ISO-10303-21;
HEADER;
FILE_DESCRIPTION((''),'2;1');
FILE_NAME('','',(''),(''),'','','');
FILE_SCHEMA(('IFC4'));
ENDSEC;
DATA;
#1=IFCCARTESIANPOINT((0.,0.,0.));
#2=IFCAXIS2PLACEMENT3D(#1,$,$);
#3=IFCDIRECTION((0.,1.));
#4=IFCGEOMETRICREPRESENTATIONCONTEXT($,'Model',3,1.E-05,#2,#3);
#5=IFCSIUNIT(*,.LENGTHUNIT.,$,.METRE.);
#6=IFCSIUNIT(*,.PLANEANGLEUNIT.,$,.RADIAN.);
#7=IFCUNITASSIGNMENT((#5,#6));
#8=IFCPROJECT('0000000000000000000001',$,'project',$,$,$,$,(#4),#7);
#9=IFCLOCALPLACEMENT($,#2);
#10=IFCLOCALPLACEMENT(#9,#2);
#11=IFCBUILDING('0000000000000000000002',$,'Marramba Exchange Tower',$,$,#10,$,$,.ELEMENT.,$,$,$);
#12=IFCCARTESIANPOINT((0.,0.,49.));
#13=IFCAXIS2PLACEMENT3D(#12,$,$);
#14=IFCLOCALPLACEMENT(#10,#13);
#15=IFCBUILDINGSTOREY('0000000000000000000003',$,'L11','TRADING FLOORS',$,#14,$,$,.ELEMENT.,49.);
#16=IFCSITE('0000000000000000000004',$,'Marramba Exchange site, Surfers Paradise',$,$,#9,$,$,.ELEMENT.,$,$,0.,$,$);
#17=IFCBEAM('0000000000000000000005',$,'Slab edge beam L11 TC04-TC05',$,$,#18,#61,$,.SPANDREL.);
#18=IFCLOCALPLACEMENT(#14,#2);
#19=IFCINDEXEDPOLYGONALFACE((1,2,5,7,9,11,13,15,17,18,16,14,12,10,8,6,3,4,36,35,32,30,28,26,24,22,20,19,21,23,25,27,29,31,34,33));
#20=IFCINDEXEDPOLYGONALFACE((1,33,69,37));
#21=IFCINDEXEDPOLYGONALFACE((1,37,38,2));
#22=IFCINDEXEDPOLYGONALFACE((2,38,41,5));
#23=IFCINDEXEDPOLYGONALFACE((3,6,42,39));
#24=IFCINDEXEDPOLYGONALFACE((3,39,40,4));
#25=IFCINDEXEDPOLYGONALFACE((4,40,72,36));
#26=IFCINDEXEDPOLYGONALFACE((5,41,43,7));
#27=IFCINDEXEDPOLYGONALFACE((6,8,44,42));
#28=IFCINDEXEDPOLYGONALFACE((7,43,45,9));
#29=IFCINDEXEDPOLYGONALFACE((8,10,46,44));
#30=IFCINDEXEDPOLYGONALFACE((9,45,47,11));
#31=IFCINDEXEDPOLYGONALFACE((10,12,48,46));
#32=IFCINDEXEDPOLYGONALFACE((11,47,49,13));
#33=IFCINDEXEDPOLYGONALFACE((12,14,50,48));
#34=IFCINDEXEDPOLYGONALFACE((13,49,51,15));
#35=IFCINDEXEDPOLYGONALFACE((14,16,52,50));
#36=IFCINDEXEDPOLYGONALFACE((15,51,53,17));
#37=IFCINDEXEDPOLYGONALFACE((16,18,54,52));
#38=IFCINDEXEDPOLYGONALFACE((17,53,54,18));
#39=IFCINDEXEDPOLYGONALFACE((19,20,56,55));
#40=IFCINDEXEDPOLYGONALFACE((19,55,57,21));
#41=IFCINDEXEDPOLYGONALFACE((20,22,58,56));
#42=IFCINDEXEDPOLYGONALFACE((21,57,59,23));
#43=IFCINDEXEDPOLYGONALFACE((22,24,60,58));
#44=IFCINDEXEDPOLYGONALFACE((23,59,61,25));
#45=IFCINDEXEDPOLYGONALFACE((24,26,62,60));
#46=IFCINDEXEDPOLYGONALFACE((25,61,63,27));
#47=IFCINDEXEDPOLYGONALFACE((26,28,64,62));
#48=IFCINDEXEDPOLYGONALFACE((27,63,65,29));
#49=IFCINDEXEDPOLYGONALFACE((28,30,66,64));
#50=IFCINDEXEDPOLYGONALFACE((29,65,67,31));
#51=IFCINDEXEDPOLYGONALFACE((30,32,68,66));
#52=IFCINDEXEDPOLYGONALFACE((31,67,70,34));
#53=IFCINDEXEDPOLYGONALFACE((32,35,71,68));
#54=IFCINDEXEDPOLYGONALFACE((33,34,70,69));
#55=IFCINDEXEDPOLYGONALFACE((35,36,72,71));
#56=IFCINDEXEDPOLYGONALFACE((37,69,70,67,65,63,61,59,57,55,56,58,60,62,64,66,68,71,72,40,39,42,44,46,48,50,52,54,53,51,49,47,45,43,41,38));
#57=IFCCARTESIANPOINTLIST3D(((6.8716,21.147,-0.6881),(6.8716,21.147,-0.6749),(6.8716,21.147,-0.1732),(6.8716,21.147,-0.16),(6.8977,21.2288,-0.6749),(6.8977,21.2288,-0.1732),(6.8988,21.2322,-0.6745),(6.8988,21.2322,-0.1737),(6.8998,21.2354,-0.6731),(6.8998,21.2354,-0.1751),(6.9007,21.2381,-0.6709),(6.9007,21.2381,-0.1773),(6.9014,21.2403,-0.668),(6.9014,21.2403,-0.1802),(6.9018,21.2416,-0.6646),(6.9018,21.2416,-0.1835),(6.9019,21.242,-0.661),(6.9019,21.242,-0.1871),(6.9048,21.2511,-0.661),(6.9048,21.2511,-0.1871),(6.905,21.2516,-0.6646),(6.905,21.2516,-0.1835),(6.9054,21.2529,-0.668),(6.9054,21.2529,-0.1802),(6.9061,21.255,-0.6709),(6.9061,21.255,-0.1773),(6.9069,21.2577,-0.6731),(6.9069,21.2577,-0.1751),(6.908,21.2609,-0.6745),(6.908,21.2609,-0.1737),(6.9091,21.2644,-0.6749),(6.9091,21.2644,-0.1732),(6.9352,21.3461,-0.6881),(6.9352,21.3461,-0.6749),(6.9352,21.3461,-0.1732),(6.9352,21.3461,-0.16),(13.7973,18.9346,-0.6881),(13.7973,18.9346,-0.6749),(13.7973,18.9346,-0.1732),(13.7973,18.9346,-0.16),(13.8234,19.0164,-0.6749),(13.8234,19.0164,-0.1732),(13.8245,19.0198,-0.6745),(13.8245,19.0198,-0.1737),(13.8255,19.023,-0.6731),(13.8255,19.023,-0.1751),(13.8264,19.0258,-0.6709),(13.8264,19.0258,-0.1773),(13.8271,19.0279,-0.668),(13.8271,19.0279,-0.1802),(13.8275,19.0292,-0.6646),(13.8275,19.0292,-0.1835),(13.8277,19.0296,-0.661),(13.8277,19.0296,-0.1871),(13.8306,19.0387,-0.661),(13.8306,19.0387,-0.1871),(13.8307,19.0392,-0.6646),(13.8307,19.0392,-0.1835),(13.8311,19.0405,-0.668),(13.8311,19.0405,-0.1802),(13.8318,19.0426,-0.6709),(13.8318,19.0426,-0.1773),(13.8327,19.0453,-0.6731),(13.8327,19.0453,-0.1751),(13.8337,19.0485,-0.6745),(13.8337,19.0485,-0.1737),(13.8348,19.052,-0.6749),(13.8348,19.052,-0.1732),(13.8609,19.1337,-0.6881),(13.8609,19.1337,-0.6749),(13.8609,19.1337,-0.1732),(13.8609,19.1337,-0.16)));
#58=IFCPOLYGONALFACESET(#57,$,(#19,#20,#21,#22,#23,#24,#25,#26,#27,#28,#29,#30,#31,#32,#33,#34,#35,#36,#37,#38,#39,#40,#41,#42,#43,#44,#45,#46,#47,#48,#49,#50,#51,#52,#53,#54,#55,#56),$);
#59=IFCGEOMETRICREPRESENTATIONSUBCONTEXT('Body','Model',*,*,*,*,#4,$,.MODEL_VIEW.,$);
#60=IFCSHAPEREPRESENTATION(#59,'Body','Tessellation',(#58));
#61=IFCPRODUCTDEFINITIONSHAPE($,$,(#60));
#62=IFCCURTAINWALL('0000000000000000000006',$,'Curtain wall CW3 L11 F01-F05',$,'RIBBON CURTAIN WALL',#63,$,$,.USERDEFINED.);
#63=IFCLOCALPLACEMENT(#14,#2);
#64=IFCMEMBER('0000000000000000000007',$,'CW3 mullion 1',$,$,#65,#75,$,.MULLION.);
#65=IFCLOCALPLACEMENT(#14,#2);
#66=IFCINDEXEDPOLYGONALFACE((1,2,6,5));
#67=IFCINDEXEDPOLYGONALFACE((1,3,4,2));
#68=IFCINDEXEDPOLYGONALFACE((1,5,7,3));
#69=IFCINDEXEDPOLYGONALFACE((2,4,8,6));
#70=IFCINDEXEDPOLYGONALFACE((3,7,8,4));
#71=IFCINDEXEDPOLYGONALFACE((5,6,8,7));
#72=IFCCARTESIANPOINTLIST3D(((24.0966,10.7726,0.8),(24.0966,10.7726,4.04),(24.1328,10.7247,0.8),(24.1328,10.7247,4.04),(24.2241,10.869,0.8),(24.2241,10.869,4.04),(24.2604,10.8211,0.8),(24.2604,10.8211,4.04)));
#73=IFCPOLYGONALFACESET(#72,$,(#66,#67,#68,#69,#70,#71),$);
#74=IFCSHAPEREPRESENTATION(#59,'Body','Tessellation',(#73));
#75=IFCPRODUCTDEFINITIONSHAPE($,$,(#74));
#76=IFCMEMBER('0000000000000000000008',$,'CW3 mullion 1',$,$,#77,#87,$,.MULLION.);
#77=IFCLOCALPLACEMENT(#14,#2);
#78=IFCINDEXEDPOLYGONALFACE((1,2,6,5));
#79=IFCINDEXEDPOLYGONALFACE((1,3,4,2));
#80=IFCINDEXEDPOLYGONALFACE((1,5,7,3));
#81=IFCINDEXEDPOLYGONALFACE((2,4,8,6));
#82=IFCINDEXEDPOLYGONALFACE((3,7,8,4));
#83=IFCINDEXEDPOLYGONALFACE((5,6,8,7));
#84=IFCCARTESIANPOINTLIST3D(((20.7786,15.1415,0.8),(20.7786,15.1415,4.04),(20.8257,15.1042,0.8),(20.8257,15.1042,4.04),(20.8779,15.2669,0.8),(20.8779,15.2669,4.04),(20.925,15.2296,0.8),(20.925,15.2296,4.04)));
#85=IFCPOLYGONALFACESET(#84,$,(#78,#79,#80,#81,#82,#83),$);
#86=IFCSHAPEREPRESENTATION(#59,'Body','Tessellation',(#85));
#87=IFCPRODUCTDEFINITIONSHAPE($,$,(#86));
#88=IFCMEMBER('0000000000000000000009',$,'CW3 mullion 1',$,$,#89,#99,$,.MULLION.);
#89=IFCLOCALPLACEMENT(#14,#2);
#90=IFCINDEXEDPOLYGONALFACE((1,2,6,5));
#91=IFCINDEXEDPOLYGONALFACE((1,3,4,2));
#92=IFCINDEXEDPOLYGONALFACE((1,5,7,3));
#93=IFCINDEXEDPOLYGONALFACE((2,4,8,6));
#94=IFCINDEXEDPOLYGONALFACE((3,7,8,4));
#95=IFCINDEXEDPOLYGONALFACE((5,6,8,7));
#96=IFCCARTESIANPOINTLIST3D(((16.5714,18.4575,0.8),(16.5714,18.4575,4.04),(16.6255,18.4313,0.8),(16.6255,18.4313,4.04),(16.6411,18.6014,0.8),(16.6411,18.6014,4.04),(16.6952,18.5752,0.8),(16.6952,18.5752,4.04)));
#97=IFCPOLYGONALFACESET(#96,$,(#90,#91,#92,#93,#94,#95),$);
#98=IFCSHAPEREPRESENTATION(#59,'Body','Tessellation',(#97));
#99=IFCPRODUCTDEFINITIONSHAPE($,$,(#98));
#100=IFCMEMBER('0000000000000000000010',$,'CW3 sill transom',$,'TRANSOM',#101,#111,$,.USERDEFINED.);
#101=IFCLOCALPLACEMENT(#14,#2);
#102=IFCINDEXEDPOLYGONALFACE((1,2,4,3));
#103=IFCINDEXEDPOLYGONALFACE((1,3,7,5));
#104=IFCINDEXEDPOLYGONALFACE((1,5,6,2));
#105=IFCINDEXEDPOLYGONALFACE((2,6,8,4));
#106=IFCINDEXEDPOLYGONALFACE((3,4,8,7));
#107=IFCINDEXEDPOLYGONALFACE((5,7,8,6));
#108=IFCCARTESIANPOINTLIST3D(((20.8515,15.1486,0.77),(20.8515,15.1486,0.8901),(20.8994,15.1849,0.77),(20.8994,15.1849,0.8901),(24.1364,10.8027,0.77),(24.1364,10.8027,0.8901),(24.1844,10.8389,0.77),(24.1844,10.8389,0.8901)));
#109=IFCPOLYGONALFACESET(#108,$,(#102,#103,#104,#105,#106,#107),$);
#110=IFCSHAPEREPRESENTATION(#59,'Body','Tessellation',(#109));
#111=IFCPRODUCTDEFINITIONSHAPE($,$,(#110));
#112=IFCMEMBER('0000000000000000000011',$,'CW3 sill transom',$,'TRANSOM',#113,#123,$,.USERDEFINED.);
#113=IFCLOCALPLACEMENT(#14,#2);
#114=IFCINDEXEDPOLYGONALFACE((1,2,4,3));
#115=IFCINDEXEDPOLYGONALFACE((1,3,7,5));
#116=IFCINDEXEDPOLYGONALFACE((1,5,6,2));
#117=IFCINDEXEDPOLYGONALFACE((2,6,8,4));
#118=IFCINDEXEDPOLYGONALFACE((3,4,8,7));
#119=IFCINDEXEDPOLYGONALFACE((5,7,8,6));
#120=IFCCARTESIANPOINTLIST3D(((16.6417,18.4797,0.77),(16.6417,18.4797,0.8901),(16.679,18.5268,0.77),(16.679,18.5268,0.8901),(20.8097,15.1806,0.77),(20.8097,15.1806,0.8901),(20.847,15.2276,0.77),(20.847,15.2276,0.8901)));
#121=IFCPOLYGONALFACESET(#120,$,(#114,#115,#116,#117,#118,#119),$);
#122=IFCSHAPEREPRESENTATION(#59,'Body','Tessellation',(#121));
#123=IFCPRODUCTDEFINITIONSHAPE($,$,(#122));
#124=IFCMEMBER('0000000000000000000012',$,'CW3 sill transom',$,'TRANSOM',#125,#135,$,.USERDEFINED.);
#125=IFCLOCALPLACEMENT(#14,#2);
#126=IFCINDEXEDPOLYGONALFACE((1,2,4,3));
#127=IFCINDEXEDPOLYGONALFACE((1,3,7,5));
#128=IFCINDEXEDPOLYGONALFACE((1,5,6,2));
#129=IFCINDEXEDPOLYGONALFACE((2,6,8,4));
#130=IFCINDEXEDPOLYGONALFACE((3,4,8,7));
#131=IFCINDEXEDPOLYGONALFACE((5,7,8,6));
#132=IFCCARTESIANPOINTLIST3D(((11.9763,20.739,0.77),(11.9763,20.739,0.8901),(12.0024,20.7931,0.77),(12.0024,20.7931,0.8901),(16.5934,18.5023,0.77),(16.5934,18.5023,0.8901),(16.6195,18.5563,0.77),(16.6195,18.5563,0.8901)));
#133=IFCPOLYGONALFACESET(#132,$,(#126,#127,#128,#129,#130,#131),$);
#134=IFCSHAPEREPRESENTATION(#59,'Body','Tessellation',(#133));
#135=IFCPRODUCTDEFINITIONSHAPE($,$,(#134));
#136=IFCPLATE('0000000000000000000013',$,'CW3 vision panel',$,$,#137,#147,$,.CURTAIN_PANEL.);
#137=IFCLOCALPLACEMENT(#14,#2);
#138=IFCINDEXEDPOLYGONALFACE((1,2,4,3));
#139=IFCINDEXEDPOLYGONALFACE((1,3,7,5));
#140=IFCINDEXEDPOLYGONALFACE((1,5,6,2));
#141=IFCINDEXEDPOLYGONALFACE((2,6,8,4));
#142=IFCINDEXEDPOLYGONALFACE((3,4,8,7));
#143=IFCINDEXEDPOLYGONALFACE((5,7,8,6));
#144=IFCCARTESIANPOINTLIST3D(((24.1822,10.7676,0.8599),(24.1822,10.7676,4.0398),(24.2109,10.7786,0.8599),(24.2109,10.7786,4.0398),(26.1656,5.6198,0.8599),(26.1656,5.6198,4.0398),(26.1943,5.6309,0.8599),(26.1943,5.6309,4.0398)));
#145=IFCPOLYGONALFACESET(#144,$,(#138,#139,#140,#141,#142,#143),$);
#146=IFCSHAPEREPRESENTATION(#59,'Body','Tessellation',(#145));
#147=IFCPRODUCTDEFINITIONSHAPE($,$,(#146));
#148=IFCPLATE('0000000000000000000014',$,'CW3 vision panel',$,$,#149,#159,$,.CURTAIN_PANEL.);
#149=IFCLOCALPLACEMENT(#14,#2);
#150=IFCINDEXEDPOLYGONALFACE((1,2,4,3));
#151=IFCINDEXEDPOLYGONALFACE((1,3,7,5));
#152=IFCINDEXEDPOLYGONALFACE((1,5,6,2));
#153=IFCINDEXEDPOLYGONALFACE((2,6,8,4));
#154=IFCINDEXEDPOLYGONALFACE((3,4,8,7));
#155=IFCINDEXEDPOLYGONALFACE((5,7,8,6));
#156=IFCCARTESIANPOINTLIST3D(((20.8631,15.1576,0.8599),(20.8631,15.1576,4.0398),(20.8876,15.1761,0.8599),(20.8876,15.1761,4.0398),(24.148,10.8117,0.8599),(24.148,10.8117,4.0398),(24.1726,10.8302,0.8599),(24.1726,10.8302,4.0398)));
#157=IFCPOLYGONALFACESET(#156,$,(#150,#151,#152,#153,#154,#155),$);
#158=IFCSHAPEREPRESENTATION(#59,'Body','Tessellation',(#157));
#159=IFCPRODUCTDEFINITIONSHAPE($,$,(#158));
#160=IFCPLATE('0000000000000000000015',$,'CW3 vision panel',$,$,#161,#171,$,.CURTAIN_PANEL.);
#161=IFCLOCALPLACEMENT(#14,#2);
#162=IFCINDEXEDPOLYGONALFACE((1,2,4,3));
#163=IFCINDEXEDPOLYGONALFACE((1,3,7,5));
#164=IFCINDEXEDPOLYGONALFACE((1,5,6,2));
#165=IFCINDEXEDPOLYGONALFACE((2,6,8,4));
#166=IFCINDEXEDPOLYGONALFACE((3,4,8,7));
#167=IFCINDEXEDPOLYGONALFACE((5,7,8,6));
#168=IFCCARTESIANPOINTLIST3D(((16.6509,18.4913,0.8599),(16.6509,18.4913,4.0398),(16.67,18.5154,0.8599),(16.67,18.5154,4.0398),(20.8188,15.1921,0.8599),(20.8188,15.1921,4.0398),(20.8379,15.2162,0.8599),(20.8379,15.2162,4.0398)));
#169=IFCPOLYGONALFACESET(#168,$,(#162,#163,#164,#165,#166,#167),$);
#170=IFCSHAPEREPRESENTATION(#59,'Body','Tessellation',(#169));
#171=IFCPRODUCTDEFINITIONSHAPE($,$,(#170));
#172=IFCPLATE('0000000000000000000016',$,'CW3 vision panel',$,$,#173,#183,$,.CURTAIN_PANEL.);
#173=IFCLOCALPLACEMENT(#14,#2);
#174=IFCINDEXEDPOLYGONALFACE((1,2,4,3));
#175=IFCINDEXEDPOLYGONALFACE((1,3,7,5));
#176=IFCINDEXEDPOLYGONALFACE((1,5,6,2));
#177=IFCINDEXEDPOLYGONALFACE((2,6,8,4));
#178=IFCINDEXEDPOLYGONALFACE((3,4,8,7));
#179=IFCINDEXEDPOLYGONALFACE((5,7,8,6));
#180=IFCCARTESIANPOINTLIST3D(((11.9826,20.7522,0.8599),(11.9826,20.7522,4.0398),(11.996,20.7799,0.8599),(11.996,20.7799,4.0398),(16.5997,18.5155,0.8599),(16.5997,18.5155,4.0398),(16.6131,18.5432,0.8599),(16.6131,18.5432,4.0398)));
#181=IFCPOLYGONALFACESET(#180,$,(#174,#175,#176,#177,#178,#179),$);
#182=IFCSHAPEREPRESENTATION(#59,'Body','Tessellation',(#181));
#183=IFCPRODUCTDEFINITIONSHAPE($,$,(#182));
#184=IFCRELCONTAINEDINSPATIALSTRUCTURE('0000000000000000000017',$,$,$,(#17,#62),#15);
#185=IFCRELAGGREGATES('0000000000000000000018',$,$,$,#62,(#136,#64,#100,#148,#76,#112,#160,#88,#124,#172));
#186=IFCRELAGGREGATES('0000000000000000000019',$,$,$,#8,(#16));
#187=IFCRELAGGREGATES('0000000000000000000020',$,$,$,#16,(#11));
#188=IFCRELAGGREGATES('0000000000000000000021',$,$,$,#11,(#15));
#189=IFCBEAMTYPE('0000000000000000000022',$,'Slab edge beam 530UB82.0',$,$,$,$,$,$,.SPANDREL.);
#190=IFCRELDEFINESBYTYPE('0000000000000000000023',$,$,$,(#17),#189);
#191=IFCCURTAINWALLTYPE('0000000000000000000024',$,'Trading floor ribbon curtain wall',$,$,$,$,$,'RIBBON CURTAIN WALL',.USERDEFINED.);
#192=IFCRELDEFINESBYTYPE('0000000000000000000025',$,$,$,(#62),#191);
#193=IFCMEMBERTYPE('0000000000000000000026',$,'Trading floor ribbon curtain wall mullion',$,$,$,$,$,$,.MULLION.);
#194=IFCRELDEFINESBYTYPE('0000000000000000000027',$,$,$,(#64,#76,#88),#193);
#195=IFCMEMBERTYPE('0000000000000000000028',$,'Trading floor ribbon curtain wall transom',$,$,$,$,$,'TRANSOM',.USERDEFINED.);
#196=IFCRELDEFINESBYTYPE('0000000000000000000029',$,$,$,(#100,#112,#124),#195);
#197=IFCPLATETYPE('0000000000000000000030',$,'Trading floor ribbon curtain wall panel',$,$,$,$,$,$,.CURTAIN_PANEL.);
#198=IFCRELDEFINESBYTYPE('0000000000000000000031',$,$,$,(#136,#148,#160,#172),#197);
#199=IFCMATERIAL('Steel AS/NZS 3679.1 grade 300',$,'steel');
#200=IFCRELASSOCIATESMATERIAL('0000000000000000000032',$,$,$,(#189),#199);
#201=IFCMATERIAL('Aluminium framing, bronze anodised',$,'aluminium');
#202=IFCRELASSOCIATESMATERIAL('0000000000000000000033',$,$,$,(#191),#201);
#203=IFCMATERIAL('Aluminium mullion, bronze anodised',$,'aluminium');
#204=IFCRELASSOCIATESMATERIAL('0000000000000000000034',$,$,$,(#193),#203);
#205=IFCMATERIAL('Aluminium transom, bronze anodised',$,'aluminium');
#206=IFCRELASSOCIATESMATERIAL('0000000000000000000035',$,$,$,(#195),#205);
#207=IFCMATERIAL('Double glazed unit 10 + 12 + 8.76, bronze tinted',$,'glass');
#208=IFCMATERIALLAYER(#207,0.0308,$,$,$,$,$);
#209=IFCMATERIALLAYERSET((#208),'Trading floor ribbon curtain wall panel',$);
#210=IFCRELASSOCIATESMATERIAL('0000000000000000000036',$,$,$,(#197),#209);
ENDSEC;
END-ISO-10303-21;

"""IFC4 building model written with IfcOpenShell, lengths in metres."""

from ifc_helpers import new_model, si_unit, direction, frame, origin, origin_2d, place, context, subcontext, project, spatial, rectangle, i_section, extrude, material, layer, layer_set, material_profile, profile_set, type_object, element, aggregate, save


model = new_model("IFC4")

# Units and contexts
model_context = context("Model", 3, precision=1e-05, world=origin(), true_north=direction((0.0, 1.0)))
body_context = subcontext(model_context, "Body", "Model", "MODEL_VIEW")
ifc_project = project(units=[si_unit("LENGTHUNIT", "METRE"), si_unit("PLANEANGLEUNIT", "RADIAN")], contexts=[model_context])

# Site, building, storey
site_placement = place(None, origin())
site = spatial("IfcSite", under=ifc_project, at=site_placement, Name="Marramba Exchange site, Surfers Paradise", CompositionType="ELEMENT", RefElevation=0.0)
building_placement = place(site_placement, origin())
building = spatial("IfcBuilding", under=site, at=building_placement, Name="Marramba Exchange Tower", CompositionType="ELEMENT")
storey_placement = place(building_placement, frame((0.0, 0.0, 49.0)))
storey = spatial("IfcBuildingStorey", under=building, at=storey_placement, Name="L11", Description="TRADING FLOORS", CompositionType="ELEMENT", Elevation=49.0)

# Beam
ifc_material_1 = material(Name="Steel AS/NZS 3679.1 grade 300", Category="steel")
ifc_material_profile_1 = material_profile(ifc_material_1, i_section(OverallWidth=0.209, OverallDepth=0.5281, WebThickness=0.0095, FlangeThickness=0.0132, FilletRadius=0.0139, at=origin_2d()), Name="530UB82.0")
ifc_profile_set_1 = profile_set([ifc_material_profile_1], Name="Steel AS/NZS 3679.1 grade 300")
beam_type_1 = type_object("IfcBeamType", Name="Slab edge beam 530UB82.0", PredefinedType="SPANDREL", material=ifc_profile_set_1)
beam_1_placement = place(storey_placement, frame((13.8291, 19.0342, -0.4241), z_axis=(-0.952578, 0.304296, 0.0), x_axis=(-0.304296, -0.952578, 0.0)))
element("IfcBeam", 1, at=beam_1_placement, inside=storey, type_object=beam_type_1, Name="Slab edge beam L11 TC04-TC05", PredefinedType="SPANDREL", context=body_context, shape_type="SweptSolid", body=[
    extrude(i_section(OverallWidth=0.209, OverallDepth=0.5281, WebThickness=0.0095, FlangeThickness=0.0132, FilletRadius=0.0139, at=origin_2d()), origin(), (0.0, 0.0, 1.0), 7.2705),
])

# Curtain wall, members, plates
ifc_material_2 = material(Name="Aluminium framing, bronze anodised", Category="aluminium")
curtain_wall_type = type_object("IfcCurtainWallType", Name="Trading floor ribbon curtain wall", ElementType="RIBBON CURTAIN WALL", PredefinedType="USERDEFINED", material=ifc_material_2)
curtain_wall_placement = place(storey_placement, origin())
curtain_wall = element("IfcCurtainWall", 2, at=curtain_wall_placement, inside=storey, type_object=curtain_wall_type, Name="Curtain wall CW3 L11 F01-F05", ObjectType="RIBBON CURTAIN WALL", PredefinedType="USERDEFINED")
ifc_material_3 = material(Name="Aluminium mullion, bronze anodised", Category="aluminium")
ifc_material_profile_2 = material_profile(ifc_material_3, rectangle(XDim=0.1599, YDim=0.0601, at=origin_2d()), Name="CW3 mullion 60x160")
ifc_profile_set_2 = profile_set([ifc_material_profile_2], Name="Aluminium mullion, bronze anodised")
member_type_1 = type_object("IfcMemberType", Name="Trading floor ribbon curtain wall mullion", PredefinedType="MULLION", material=ifc_profile_set_2)
member_1_placement = place(storey_placement, frame((24.1785, 10.7969, 0.8), z_axis=(0.0, 0.0, 1.0), x_axis=(-0.797749, -0.60299, 0.0)))
member_1 = element("IfcMember", 3, at=member_1_placement, type_object=member_type_1, Name="CW3 mullion 1", PredefinedType="MULLION", context=body_context, shape_type="SweptSolid", body=[
    extrude(rectangle(XDim=0.1599, YDim=0.0601, at=origin_2d()), origin(), (0.0, 0.0, 1.0), 3.24),
])
member_2_placement = place(storey_placement, frame((20.8518, 15.1855, 0.8), z_axis=(0.0, 0.0, 1.0), x_axis=(-0.62065, -0.784088, 0.0)))
member_2 = element("IfcMember", 4, at=member_2_placement, type_object=member_type_1, Name="CW3 mullion 1", PredefinedType="MULLION", context=body_context, shape_type="SweptSolid", body=[
    extrude(rectangle(XDim=0.1599, YDim=0.0601, at=origin_2d()), origin(), (0.0, 0.0, 1.0), 3.24),
])
member_3_placement = place(storey_placement, frame((16.6333, 18.5164, 0.8), z_axis=(0.0, 0.0, 1.0), x_axis=(-0.435965, -0.899963, 0.0)))
member_3 = element("IfcMember", 5, at=member_3_placement, type_object=member_type_1, Name="CW3 mullion 1", PredefinedType="MULLION", context=body_context, shape_type="SweptSolid", body=[
    extrude(rectangle(XDim=0.1599, YDim=0.0601, at=origin_2d()), origin(), (0.0, 0.0, 1.0), 3.24),
])
ifc_material_4 = material(Name="Aluminium transom, bronze anodised", Category="aluminium")
ifc_material_profile_3 = material_profile(ifc_material_4, rectangle(XDim=0.0601, YDim=0.1201, at=origin_2d()), Name="CW3 transom 60x120")
ifc_profile_set_3 = profile_set([ifc_material_profile_3], Name="Aluminium transom, bronze anodised")
member_type_2 = type_object("IfcMemberType", Name="Trading floor ribbon curtain wall transom", ElementType="TRANSOM", PredefinedType="USERDEFINED", material=ifc_profile_set_3)
member_4_placement = place(storey_placement, frame((24.1604, 10.8208, 0.8301), z_axis=(-0.602986, 0.797752, 0.0), x_axis=(-0.797752, -0.602986, 0.0)))
member_4 = element("IfcMember", 6, at=member_4_placement, type_object=member_type_2, Name="CW3 sill transom", ObjectType="TRANSOM", PredefinedType="USERDEFINED", context=body_context, shape_type="SweptSolid", body=[
    extrude(rectangle(XDim=0.0601, YDim=0.1201, at=origin_2d()), origin(), (0.0, 0.0, 1.0), 5.4478),
])
member_5_placement = place(storey_placement, frame((20.8284, 15.2041, 0.8301), z_axis=(-0.784098, 0.620637, 0.0), x_axis=(-0.620637, -0.784098, 0.0)))
member_5 = element("IfcMember", 7, at=member_5_placement, type_object=member_type_2, Name="CW3 sill transom", ObjectType="TRANSOM", PredefinedType="USERDEFINED", context=body_context, shape_type="SweptSolid", body=[
    extrude(rectangle(XDim=0.0601, YDim=0.1201, at=origin_2d()), origin(), (0.0, 0.0, 1.0), 5.3157),
])
member_6_placement = place(storey_placement, frame((16.6064, 18.5293, 0.8301), z_axis=(-0.899953, 0.435986, 0.0), x_axis=(-0.435986, -0.899953, 0.0)))
member_6 = element("IfcMember", 8, at=member_6_placement, type_object=member_type_2, Name="CW3 sill transom", ObjectType="TRANSOM", PredefinedType="USERDEFINED", context=body_context, shape_type="SweptSolid", body=[
    extrude(rectangle(XDim=0.0601, YDim=0.1201, at=origin_2d()), origin(), (0.0, 0.0, 1.0), 5.1304),
])
ifc_material_5 = material(Name="Double glazed unit 10 + 12 + 8.76, bronze tinted", Category="glass")
ifc_layer_1 = layer(ifc_material_5, 0.0308)
ifc_layer_set_1 = layer_set([ifc_layer_1], Name="Trading floor ribbon curtain wall panel")
plate_type = type_object("IfcPlateType", Name="Trading floor ribbon curtain wall panel", PredefinedType="CURTAIN_PANEL", material=ifc_layer_set_1)
plate_1_placement = place(storey_placement, frame((25.1882, 8.1992, 0.8599), z_axis=(0.0, 0.0, 1.0), x_axis=(-0.359526, 0.933135, 0.0)))
plate_1 = element("IfcPlate", 9, at=plate_1_placement, type_object=plate_type, Name="CW3 vision panel", PredefinedType="CURTAIN_PANEL", context=body_context, shape_type="SweptSolid", body=[
    extrude(rectangle(XDim=5.5166, YDim=0.0308, at=origin_2d()), origin(), (0.0, 0.0, 1.0), 3.1799),
])
plate_2_placement = place(storey_placement, frame((22.5178, 12.9939, 0.8599), z_axis=(0.0, 0.0, 1.0), x_axis=(-0.60299, 0.797749, 0.0)))
plate_2 = element("IfcPlate", 10, at=plate_2_placement, type_object=plate_type, Name="CW3 vision panel", PredefinedType="CURTAIN_PANEL", context=body_context, shape_type="SweptSolid", body=[
    extrude(rectangle(XDim=5.4478, YDim=0.0308, at=origin_2d()), origin(), (0.0, 0.0, 1.0), 3.1799),
])
plate_3_placement = place(storey_placement, frame((18.7444, 16.8538, 0.8599), z_axis=(0.0, 0.0, 1.0), x_axis=(-0.784088, 0.62065, 0.0)))
plate_3 = element("IfcPlate", 11, at=plate_3_placement, type_object=plate_type, Name="CW3 vision panel", PredefinedType="CURTAIN_PANEL", context=body_context, shape_type="SweptSolid", body=[
    extrude(rectangle(XDim=5.3157, YDim=0.0308, at=origin_2d()), origin(), (0.0, 0.0, 1.0), 3.1799),
])
plate_4_placement = place(storey_placement, frame((14.2979, 19.6477, 0.8599), z_axis=(0.0, 0.0, 1.0), x_axis=(-0.899963, 0.435965, 0.0)))
plate_4 = element("IfcPlate", 12, at=plate_4_placement, type_object=plate_type, Name="CW3 vision panel", PredefinedType="CURTAIN_PANEL", context=body_context, shape_type="SweptSolid", body=[
    extrude(rectangle(XDim=5.1304, YDim=0.0308, at=origin_2d()), origin(), (0.0, 0.0, 1.0), 3.1799),
])
aggregate(curtain_wall, [plate_1, member_1, member_4, plate_2, member_2, member_5, plate_3, member_3, member_6, plate_4])

save(model, "model.ifc")
